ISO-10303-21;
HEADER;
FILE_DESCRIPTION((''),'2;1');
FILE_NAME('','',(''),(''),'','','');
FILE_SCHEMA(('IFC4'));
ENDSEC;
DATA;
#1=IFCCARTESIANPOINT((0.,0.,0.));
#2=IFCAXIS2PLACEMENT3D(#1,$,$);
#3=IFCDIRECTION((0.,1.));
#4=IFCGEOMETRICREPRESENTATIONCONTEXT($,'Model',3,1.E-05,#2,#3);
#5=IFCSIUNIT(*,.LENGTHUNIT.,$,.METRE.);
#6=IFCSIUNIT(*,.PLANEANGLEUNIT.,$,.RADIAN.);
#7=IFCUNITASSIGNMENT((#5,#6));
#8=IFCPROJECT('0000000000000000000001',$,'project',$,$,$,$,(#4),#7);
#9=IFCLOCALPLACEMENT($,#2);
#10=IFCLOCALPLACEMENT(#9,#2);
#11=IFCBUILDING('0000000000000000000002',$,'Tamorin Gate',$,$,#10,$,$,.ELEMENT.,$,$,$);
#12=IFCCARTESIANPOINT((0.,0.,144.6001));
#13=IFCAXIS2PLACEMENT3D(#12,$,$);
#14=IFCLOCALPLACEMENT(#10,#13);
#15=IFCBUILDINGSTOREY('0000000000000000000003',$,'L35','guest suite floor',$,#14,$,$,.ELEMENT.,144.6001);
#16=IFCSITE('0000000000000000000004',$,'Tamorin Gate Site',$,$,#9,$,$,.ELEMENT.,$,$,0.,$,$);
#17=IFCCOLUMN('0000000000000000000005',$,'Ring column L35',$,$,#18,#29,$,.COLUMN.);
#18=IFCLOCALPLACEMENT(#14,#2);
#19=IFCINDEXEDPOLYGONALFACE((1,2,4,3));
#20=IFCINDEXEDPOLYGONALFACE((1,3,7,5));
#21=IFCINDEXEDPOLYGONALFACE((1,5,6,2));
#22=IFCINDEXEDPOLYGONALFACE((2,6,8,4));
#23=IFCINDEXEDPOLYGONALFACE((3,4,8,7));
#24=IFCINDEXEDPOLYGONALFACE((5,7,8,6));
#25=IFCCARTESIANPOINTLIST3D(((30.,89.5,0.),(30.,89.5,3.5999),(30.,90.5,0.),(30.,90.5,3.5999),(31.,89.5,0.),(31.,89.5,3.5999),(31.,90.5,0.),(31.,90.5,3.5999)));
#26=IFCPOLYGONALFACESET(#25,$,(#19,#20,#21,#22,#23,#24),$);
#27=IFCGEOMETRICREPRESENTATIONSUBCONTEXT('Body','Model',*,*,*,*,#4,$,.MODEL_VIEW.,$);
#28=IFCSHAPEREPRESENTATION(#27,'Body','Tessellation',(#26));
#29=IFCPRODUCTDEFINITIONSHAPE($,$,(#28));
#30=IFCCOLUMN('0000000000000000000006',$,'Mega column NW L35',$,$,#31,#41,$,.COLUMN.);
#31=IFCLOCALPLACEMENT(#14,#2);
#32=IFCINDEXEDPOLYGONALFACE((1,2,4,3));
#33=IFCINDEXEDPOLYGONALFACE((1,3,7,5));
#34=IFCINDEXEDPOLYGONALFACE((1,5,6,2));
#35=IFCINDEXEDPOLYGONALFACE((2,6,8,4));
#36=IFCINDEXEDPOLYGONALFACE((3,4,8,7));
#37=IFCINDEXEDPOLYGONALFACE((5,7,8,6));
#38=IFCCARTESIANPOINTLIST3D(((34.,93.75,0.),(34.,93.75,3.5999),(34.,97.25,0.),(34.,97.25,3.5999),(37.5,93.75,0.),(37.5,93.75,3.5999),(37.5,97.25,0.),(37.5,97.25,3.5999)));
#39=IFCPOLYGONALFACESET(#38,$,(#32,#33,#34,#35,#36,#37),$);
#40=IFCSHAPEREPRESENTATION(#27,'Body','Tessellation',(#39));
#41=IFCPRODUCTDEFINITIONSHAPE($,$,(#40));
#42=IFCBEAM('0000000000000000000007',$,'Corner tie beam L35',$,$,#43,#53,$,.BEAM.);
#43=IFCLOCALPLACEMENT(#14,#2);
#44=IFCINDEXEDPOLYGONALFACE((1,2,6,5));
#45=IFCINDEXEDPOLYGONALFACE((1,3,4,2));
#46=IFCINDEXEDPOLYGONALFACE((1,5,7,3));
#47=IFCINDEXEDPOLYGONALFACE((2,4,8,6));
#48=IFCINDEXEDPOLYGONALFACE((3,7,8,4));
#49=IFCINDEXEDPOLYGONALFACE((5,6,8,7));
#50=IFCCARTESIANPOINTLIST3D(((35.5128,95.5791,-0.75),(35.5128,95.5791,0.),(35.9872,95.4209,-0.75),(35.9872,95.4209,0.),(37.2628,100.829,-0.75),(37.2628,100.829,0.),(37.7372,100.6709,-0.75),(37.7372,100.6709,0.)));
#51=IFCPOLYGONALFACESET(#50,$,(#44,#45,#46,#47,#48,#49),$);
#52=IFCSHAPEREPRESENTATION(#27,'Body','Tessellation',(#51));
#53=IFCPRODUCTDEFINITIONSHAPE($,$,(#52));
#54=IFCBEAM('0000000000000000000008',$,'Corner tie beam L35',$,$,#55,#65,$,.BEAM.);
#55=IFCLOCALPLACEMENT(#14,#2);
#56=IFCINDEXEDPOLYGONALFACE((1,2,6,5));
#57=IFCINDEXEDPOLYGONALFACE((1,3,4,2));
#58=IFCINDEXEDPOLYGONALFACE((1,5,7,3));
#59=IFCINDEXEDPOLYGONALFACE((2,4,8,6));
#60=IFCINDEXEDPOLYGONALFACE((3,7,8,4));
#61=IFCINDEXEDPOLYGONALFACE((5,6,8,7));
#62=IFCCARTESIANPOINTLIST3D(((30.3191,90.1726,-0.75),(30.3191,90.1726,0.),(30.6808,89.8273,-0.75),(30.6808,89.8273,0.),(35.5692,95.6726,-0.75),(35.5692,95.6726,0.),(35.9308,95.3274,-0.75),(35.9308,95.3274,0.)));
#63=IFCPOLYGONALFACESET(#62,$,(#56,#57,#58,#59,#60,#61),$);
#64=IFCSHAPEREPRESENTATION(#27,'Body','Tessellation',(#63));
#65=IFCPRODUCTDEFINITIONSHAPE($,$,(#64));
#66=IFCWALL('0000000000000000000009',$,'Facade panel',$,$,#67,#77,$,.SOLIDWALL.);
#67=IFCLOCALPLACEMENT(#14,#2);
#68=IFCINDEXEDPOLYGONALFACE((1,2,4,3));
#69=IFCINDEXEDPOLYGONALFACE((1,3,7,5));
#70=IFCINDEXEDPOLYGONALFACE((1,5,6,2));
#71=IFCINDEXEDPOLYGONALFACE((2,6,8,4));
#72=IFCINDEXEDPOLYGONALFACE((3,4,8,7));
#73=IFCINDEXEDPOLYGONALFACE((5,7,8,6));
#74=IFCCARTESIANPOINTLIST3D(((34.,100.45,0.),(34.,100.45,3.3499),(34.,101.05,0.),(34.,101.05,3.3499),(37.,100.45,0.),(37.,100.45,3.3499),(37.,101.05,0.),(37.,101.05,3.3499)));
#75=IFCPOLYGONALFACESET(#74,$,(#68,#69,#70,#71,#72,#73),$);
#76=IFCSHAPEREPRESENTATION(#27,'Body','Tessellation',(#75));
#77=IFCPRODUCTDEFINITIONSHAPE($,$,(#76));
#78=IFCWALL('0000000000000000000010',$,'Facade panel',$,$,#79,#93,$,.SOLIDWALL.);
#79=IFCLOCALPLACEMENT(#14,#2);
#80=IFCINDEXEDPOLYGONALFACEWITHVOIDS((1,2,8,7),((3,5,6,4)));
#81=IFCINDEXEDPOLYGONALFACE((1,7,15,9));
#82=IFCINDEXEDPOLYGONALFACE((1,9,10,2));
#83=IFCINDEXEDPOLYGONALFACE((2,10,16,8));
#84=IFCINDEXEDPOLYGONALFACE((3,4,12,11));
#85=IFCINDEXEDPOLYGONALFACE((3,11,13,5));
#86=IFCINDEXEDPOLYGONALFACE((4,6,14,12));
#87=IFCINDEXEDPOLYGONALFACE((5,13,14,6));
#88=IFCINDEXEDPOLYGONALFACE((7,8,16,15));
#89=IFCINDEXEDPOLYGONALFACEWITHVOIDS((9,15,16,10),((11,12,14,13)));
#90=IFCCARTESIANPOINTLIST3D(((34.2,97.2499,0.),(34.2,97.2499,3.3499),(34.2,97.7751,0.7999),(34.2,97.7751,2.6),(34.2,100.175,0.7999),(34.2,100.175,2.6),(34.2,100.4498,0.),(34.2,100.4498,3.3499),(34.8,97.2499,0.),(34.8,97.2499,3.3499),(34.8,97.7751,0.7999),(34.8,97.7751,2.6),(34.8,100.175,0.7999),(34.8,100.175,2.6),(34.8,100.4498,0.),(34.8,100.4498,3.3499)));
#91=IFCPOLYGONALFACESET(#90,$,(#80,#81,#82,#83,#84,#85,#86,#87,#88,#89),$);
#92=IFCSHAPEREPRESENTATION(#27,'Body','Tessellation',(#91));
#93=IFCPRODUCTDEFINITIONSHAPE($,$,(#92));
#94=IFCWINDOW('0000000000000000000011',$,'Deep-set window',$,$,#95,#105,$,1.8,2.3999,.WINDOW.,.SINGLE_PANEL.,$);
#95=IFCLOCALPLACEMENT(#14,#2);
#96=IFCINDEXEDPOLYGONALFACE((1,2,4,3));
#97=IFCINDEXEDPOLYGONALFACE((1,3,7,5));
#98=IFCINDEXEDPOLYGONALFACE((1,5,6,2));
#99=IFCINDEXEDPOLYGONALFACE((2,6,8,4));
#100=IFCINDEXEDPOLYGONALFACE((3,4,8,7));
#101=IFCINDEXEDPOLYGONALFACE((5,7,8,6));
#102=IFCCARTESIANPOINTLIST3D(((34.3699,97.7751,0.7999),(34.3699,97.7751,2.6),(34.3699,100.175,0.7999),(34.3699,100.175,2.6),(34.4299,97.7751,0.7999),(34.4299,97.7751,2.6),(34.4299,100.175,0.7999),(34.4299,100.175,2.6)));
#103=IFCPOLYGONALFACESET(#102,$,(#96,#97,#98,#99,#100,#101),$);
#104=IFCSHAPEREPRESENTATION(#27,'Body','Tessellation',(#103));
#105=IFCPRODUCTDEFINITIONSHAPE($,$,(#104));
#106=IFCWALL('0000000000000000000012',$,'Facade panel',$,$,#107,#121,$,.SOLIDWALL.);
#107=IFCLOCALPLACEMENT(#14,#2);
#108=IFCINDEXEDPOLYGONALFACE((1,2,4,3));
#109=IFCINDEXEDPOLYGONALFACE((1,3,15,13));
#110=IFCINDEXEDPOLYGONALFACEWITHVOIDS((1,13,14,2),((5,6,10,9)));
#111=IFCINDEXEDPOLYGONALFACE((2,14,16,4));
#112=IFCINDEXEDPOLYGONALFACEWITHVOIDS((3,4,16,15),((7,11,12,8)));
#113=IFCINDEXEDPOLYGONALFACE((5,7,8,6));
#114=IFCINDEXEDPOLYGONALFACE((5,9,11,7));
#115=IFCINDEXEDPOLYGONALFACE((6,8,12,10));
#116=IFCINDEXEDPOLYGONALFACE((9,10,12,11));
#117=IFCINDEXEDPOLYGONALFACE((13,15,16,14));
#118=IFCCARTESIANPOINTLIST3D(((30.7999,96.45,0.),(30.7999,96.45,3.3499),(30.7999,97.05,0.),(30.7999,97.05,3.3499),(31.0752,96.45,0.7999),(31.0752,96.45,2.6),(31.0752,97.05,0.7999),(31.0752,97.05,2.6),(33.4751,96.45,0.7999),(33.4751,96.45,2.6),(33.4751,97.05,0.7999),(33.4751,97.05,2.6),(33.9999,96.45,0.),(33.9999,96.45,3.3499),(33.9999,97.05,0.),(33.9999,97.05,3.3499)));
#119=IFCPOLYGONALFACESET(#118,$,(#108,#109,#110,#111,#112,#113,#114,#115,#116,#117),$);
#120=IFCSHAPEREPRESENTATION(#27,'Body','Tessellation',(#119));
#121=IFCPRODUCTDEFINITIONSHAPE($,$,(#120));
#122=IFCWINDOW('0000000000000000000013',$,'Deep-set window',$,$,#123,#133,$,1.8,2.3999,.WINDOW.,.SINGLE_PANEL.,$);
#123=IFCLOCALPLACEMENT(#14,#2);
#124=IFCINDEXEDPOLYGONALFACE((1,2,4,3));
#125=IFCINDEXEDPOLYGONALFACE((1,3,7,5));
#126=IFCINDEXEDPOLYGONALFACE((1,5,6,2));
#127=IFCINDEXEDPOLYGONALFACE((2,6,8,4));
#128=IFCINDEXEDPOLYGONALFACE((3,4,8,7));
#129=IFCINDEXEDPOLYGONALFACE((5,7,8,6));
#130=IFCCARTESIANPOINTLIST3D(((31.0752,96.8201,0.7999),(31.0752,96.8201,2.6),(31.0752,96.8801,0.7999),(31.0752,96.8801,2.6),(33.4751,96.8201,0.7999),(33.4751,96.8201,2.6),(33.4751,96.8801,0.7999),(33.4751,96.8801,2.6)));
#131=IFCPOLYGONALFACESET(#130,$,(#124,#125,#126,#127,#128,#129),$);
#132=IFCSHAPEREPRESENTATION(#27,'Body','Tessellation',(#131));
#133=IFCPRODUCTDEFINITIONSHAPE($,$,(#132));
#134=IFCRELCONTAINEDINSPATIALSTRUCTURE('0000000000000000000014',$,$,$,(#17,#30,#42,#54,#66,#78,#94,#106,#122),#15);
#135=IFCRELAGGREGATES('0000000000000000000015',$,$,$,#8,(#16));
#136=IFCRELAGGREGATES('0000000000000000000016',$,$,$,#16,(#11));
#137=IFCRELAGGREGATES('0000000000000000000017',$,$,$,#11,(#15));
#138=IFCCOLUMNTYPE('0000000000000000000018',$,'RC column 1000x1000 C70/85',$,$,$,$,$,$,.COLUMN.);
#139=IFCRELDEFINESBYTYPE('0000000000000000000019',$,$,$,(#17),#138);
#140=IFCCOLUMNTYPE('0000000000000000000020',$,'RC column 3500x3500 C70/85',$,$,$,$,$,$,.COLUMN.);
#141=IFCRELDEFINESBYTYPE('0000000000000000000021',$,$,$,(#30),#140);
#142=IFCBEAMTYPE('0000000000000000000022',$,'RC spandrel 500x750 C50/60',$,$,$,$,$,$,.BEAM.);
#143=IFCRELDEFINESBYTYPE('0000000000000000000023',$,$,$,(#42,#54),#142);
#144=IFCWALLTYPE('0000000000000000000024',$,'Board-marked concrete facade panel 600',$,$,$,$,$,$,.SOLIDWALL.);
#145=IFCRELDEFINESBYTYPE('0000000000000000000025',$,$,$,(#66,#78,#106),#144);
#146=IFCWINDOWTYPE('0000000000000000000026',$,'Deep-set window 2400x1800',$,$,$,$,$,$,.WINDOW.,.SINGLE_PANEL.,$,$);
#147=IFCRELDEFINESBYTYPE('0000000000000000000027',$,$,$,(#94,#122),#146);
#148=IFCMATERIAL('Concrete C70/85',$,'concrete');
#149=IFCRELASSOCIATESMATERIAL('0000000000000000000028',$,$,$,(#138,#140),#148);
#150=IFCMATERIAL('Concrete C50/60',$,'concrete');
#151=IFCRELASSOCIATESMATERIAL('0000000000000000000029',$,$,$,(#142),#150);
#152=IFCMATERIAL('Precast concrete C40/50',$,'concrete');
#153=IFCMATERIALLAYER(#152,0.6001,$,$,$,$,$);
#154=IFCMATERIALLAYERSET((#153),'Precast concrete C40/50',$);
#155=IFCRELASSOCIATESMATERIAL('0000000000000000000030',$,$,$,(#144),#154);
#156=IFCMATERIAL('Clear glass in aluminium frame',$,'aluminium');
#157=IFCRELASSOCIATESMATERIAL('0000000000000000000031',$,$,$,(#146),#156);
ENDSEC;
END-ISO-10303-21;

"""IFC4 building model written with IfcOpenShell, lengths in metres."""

from ifc_helpers import new_model, si_unit, direction, frame, frame_2d, origin, origin_2d, place, context, subcontext, project, spatial, rectangle, extrude, material, layer, layer_set, material_profile, profile_set, type_object, element, fill, save


model = new_model("IFC4")

# Units and contexts
model_context = context("Model", 3, precision=1e-05, world=origin(), true_north=direction((0.0, 1.0)))
body_context = subcontext(model_context, "Body", "Model", "MODEL_VIEW")
ifc_project = project(units=[si_unit("LENGTHUNIT", "METRE"), si_unit("PLANEANGLEUNIT", "RADIAN")], contexts=[model_context])

# Site, building, storey
site_placement = place(None, origin())
site = spatial("IfcSite", under=ifc_project, at=site_placement, Name="Tamorin Gate Site", CompositionType="ELEMENT", RefElevation=0.0)
building_placement = place(site_placement, origin())
building = spatial("IfcBuilding", under=site, at=building_placement, Name="Tamorin Gate", CompositionType="ELEMENT")
storey_placement = place(building_placement, frame((0.0, 0.0, 144.6001)))
storey = spatial("IfcBuildingStorey", under=building, at=storey_placement, Name="L35", Description="guest suite floor", CompositionType="ELEMENT", Elevation=144.6001)

# Columns
ifc_material_1 = material(Name="Concrete C70/85", Category="concrete")
ifc_material_profile_1 = material_profile(ifc_material_1, rectangle(XDim=1.0, YDim=1.0, at=origin_2d()), Name="RC 1000x1000")
ifc_profile_set_1 = profile_set([ifc_material_profile_1], Name="Concrete C70/85")
column_type_1 = type_object("IfcColumnType", Name="RC column 1000x1000 C70/85", PredefinedType="COLUMN", material=ifc_profile_set_1)
column_1_placement = place(storey_placement, frame((30.5, 90.0, 0.0), z_axis=(0.0, 0.0, 1.0), x_axis=(1.0, 0.0, 0.0)))
element("IfcColumn", 1, at=column_1_placement, inside=storey, type_object=column_type_1, Name="Ring column L35", PredefinedType="COLUMN", context=body_context, shape_type="SweptSolid", body=[
    extrude(rectangle(XDim=1.0, YDim=1.0, at=origin_2d()), origin(), (0.0, 0.0, 1.0), 3.5999),
])
ifc_material_profile_2 = material_profile(ifc_material_1, rectangle(XDim=3.5, YDim=3.5, at=origin_2d()), Name="RC 3500x3500")
ifc_profile_set_2 = profile_set([ifc_material_profile_2], Name="Concrete C70/85")
column_type_2 = type_object("IfcColumnType", Name="RC column 3500x3500 C70/85", PredefinedType="COLUMN", material=ifc_profile_set_2)
column_2_placement = place(storey_placement, frame((35.75, 95.5, 0.0), z_axis=(0.0, 0.0, 1.0), x_axis=(1.0, 0.0, 0.0)))
element("IfcColumn", 2, at=column_2_placement, inside=storey, type_object=column_type_2, Name="Mega column NW L35", PredefinedType="COLUMN", context=body_context, shape_type="SweptSolid", body=[
    extrude(rectangle(XDim=3.5, YDim=3.5, at=origin_2d()), origin(), (0.0, 0.0, 1.0), 3.5999),
])

# Beams
ifc_material_2 = material(Name="Concrete C50/60", Category="concrete")
ifc_material_profile_3 = material_profile(ifc_material_2, rectangle(XDim=0.5, YDim=0.75, at=origin_2d()), Name="RC 500x750")
ifc_profile_set_3 = profile_set([ifc_material_profile_3], Name="Concrete C50/60")
beam_type = type_object("IfcBeamType", Name="RC spandrel 500x750 C50/60", PredefinedType="BEAM", material=ifc_profile_set_3)
beam_1_placement = place(storey_placement, frame((35.75, 95.5, -0.375), z_axis=(0.316228, 0.948683, 0.0), x_axis=(-0.948683, 0.316228, 0.0)))
element("IfcBeam", 3, at=beam_1_placement, inside=storey, type_object=beam_type, Name="Corner tie beam L35", PredefinedType="BEAM", context=body_context, shape_type="SweptSolid", body=[
    extrude(rectangle(XDim=0.5, YDim=0.75, at=origin_2d()), origin(), (0.0, 0.0, 1.0), 5.5339),
])
beam_2_placement = place(storey_placement, frame((35.75, 95.5, -0.375), z_axis=(-0.690476, -0.723356, 0.0), x_axis=(0.723356, -0.690476, 0.0)))
element("IfcBeam", 4, at=beam_2_placement, inside=storey, type_object=beam_type, Name="Corner tie beam L35", PredefinedType="BEAM", context=body_context, shape_type="SweptSolid", body=[
    extrude(rectangle(XDim=0.5, YDim=0.75, at=origin_2d()), origin(), (0.0, 0.0, 1.0), 7.6035),
])

# Wall
ifc_material_3 = material(Name="Precast concrete C40/50", Category="concrete")
ifc_layer_1 = layer(ifc_material_3, 0.6001)
ifc_layer_set_1 = layer_set([ifc_layer_1], Name="Precast concrete C40/50")
wall_type_1 = type_object("IfcWallType", Name="Board-marked concrete facade panel 600", PredefinedType="SOLIDWALL", material=ifc_layer_set_1)
wall_1_placement = place(storey_placement, frame((37.0, 100.75, 0.0), z_axis=(0.0, 0.0, 1.0), x_axis=(-1.0, 0.0, 0.0)))
element("IfcWall", 5, at=wall_1_placement, inside=storey, type_object=wall_type_1, Name="Facade panel", PredefinedType="SOLIDWALL", context=body_context, shape_type="SweptSolid", body=[
    extrude(rectangle(XDim=3.0, YDim=0.6001, at=frame_2d((1.5, 0.0))), origin(), (0.0, 0.0, 1.0), 3.3499),
])

# Walls, openings, windows
wall_2_placement = place(storey_placement, frame((34.5, 100.45, 0.0), z_axis=(0.0, 0.0, 1.0), x_axis=(0.0, -1.0, 0.0)))
wall_2 = element("IfcWall", 6, at=wall_2_placement, inside=storey, type_object=wall_type_1, Name="Facade panel", PredefinedType="SOLIDWALL", context=body_context, shape_type="SweptSolid", body=[
    extrude(rectangle(XDim=3.2, YDim=0.6001, at=frame_2d((1.6001, 0.0))), origin(), (0.0, 0.0, 1.0), 3.3499),
])
opening_1_placement = place(wall_2_placement, frame((0.2749, 0.0, 0.8)))
opening_1 = element("IfcOpeningElement", 7, at=opening_1_placement, cuts=wall_2, PredefinedType="OPENING", context=body_context, shape_type="SweptSolid", body=[
    extrude(rectangle(XDim=2.3999, YDim=1.8, at=frame_2d((1.2, 0.8999))), frame((0.0, 0.3101, 0.0), z_axis=(0.0, -1.0, 0.0), x_axis=(1.0, 0.0, 0.0)), (0.0, 0.0, 1.0), 0.6201),
])
ifc_material_4 = material(Name="Clear glass in aluminium frame", Category="aluminium")
window_type_1 = type_object("IfcWindowType", Name="Deep-set window 2400x1800", PartitioningType="SINGLE_PANEL", PredefinedType="WINDOW", material=ifc_material_4)
window_1_placement = place(opening_1_placement, origin())
window_1 = element("IfcWindow", 8, at=window_1_placement, inside=storey, type_object=window_type_1, Name="Deep-set window", OverallHeight=1.8, OverallWidth=2.3999, PartitioningType="SINGLE_PANEL", PredefinedType="WINDOW", context=body_context, shape_type="SweptSolid", body=[
    extrude(rectangle(XDim=2.3999, YDim=1.8, at=frame_2d((1.2, 0.8999))), frame((0.0, -0.0701, 0.0), z_axis=(0.0, -1.0, 0.0), x_axis=(1.0, 0.0, 0.0)), (0.0, 0.0, 1.0), 0.0601),
])
fill(opening_1, window_1)
wall_3_placement = place(storey_placement, frame((34.0, 96.75, 0.0), z_axis=(0.0, 0.0, 1.0), x_axis=(-1.0, 0.0, 0.0)))
wall_3 = element("IfcWall", 9, at=wall_3_placement, inside=storey, type_object=wall_type_1, Name="Facade panel", PredefinedType="SOLIDWALL", context=body_context, shape_type="SweptSolid", body=[
    extrude(rectangle(XDim=3.2, YDim=0.6001, at=frame_2d((1.6001, 0.0))), origin(), (0.0, 0.0, 1.0), 3.3499),
])
opening_2_placement = place(wall_3_placement, frame((0.5249, 0.0, 0.8)))
opening_2 = element("IfcOpeningElement", 10, at=opening_2_placement, cuts=wall_3, PredefinedType="OPENING", context=body_context, shape_type="SweptSolid", body=[
    extrude(rectangle(XDim=2.3999, YDim=1.8, at=frame_2d((1.2, 0.8999))), frame((0.0, 0.3101, 0.0), z_axis=(0.0, -1.0, 0.0), x_axis=(1.0, 0.0, 0.0)), (0.0, 0.0, 1.0), 0.6201),
])
window_2_placement = place(opening_2_placement, origin())
window_2 = element("IfcWindow", 11, at=window_2_placement, inside=storey, type_object=window_type_1, Name="Deep-set window", OverallHeight=1.8, OverallWidth=2.3999, PartitioningType="SINGLE_PANEL", PredefinedType="WINDOW", context=body_context, shape_type="SweptSolid", body=[
    extrude(rectangle(XDim=2.3999, YDim=1.8, at=frame_2d((1.2, 0.8999))), frame((0.0, -0.0701, 0.0), z_axis=(0.0, -1.0, 0.0), x_axis=(1.0, 0.0, 0.0)), (0.0, 0.0, 1.0), 0.0601),
])
fill(opening_2, window_2)

save(model, "model.ifc")
